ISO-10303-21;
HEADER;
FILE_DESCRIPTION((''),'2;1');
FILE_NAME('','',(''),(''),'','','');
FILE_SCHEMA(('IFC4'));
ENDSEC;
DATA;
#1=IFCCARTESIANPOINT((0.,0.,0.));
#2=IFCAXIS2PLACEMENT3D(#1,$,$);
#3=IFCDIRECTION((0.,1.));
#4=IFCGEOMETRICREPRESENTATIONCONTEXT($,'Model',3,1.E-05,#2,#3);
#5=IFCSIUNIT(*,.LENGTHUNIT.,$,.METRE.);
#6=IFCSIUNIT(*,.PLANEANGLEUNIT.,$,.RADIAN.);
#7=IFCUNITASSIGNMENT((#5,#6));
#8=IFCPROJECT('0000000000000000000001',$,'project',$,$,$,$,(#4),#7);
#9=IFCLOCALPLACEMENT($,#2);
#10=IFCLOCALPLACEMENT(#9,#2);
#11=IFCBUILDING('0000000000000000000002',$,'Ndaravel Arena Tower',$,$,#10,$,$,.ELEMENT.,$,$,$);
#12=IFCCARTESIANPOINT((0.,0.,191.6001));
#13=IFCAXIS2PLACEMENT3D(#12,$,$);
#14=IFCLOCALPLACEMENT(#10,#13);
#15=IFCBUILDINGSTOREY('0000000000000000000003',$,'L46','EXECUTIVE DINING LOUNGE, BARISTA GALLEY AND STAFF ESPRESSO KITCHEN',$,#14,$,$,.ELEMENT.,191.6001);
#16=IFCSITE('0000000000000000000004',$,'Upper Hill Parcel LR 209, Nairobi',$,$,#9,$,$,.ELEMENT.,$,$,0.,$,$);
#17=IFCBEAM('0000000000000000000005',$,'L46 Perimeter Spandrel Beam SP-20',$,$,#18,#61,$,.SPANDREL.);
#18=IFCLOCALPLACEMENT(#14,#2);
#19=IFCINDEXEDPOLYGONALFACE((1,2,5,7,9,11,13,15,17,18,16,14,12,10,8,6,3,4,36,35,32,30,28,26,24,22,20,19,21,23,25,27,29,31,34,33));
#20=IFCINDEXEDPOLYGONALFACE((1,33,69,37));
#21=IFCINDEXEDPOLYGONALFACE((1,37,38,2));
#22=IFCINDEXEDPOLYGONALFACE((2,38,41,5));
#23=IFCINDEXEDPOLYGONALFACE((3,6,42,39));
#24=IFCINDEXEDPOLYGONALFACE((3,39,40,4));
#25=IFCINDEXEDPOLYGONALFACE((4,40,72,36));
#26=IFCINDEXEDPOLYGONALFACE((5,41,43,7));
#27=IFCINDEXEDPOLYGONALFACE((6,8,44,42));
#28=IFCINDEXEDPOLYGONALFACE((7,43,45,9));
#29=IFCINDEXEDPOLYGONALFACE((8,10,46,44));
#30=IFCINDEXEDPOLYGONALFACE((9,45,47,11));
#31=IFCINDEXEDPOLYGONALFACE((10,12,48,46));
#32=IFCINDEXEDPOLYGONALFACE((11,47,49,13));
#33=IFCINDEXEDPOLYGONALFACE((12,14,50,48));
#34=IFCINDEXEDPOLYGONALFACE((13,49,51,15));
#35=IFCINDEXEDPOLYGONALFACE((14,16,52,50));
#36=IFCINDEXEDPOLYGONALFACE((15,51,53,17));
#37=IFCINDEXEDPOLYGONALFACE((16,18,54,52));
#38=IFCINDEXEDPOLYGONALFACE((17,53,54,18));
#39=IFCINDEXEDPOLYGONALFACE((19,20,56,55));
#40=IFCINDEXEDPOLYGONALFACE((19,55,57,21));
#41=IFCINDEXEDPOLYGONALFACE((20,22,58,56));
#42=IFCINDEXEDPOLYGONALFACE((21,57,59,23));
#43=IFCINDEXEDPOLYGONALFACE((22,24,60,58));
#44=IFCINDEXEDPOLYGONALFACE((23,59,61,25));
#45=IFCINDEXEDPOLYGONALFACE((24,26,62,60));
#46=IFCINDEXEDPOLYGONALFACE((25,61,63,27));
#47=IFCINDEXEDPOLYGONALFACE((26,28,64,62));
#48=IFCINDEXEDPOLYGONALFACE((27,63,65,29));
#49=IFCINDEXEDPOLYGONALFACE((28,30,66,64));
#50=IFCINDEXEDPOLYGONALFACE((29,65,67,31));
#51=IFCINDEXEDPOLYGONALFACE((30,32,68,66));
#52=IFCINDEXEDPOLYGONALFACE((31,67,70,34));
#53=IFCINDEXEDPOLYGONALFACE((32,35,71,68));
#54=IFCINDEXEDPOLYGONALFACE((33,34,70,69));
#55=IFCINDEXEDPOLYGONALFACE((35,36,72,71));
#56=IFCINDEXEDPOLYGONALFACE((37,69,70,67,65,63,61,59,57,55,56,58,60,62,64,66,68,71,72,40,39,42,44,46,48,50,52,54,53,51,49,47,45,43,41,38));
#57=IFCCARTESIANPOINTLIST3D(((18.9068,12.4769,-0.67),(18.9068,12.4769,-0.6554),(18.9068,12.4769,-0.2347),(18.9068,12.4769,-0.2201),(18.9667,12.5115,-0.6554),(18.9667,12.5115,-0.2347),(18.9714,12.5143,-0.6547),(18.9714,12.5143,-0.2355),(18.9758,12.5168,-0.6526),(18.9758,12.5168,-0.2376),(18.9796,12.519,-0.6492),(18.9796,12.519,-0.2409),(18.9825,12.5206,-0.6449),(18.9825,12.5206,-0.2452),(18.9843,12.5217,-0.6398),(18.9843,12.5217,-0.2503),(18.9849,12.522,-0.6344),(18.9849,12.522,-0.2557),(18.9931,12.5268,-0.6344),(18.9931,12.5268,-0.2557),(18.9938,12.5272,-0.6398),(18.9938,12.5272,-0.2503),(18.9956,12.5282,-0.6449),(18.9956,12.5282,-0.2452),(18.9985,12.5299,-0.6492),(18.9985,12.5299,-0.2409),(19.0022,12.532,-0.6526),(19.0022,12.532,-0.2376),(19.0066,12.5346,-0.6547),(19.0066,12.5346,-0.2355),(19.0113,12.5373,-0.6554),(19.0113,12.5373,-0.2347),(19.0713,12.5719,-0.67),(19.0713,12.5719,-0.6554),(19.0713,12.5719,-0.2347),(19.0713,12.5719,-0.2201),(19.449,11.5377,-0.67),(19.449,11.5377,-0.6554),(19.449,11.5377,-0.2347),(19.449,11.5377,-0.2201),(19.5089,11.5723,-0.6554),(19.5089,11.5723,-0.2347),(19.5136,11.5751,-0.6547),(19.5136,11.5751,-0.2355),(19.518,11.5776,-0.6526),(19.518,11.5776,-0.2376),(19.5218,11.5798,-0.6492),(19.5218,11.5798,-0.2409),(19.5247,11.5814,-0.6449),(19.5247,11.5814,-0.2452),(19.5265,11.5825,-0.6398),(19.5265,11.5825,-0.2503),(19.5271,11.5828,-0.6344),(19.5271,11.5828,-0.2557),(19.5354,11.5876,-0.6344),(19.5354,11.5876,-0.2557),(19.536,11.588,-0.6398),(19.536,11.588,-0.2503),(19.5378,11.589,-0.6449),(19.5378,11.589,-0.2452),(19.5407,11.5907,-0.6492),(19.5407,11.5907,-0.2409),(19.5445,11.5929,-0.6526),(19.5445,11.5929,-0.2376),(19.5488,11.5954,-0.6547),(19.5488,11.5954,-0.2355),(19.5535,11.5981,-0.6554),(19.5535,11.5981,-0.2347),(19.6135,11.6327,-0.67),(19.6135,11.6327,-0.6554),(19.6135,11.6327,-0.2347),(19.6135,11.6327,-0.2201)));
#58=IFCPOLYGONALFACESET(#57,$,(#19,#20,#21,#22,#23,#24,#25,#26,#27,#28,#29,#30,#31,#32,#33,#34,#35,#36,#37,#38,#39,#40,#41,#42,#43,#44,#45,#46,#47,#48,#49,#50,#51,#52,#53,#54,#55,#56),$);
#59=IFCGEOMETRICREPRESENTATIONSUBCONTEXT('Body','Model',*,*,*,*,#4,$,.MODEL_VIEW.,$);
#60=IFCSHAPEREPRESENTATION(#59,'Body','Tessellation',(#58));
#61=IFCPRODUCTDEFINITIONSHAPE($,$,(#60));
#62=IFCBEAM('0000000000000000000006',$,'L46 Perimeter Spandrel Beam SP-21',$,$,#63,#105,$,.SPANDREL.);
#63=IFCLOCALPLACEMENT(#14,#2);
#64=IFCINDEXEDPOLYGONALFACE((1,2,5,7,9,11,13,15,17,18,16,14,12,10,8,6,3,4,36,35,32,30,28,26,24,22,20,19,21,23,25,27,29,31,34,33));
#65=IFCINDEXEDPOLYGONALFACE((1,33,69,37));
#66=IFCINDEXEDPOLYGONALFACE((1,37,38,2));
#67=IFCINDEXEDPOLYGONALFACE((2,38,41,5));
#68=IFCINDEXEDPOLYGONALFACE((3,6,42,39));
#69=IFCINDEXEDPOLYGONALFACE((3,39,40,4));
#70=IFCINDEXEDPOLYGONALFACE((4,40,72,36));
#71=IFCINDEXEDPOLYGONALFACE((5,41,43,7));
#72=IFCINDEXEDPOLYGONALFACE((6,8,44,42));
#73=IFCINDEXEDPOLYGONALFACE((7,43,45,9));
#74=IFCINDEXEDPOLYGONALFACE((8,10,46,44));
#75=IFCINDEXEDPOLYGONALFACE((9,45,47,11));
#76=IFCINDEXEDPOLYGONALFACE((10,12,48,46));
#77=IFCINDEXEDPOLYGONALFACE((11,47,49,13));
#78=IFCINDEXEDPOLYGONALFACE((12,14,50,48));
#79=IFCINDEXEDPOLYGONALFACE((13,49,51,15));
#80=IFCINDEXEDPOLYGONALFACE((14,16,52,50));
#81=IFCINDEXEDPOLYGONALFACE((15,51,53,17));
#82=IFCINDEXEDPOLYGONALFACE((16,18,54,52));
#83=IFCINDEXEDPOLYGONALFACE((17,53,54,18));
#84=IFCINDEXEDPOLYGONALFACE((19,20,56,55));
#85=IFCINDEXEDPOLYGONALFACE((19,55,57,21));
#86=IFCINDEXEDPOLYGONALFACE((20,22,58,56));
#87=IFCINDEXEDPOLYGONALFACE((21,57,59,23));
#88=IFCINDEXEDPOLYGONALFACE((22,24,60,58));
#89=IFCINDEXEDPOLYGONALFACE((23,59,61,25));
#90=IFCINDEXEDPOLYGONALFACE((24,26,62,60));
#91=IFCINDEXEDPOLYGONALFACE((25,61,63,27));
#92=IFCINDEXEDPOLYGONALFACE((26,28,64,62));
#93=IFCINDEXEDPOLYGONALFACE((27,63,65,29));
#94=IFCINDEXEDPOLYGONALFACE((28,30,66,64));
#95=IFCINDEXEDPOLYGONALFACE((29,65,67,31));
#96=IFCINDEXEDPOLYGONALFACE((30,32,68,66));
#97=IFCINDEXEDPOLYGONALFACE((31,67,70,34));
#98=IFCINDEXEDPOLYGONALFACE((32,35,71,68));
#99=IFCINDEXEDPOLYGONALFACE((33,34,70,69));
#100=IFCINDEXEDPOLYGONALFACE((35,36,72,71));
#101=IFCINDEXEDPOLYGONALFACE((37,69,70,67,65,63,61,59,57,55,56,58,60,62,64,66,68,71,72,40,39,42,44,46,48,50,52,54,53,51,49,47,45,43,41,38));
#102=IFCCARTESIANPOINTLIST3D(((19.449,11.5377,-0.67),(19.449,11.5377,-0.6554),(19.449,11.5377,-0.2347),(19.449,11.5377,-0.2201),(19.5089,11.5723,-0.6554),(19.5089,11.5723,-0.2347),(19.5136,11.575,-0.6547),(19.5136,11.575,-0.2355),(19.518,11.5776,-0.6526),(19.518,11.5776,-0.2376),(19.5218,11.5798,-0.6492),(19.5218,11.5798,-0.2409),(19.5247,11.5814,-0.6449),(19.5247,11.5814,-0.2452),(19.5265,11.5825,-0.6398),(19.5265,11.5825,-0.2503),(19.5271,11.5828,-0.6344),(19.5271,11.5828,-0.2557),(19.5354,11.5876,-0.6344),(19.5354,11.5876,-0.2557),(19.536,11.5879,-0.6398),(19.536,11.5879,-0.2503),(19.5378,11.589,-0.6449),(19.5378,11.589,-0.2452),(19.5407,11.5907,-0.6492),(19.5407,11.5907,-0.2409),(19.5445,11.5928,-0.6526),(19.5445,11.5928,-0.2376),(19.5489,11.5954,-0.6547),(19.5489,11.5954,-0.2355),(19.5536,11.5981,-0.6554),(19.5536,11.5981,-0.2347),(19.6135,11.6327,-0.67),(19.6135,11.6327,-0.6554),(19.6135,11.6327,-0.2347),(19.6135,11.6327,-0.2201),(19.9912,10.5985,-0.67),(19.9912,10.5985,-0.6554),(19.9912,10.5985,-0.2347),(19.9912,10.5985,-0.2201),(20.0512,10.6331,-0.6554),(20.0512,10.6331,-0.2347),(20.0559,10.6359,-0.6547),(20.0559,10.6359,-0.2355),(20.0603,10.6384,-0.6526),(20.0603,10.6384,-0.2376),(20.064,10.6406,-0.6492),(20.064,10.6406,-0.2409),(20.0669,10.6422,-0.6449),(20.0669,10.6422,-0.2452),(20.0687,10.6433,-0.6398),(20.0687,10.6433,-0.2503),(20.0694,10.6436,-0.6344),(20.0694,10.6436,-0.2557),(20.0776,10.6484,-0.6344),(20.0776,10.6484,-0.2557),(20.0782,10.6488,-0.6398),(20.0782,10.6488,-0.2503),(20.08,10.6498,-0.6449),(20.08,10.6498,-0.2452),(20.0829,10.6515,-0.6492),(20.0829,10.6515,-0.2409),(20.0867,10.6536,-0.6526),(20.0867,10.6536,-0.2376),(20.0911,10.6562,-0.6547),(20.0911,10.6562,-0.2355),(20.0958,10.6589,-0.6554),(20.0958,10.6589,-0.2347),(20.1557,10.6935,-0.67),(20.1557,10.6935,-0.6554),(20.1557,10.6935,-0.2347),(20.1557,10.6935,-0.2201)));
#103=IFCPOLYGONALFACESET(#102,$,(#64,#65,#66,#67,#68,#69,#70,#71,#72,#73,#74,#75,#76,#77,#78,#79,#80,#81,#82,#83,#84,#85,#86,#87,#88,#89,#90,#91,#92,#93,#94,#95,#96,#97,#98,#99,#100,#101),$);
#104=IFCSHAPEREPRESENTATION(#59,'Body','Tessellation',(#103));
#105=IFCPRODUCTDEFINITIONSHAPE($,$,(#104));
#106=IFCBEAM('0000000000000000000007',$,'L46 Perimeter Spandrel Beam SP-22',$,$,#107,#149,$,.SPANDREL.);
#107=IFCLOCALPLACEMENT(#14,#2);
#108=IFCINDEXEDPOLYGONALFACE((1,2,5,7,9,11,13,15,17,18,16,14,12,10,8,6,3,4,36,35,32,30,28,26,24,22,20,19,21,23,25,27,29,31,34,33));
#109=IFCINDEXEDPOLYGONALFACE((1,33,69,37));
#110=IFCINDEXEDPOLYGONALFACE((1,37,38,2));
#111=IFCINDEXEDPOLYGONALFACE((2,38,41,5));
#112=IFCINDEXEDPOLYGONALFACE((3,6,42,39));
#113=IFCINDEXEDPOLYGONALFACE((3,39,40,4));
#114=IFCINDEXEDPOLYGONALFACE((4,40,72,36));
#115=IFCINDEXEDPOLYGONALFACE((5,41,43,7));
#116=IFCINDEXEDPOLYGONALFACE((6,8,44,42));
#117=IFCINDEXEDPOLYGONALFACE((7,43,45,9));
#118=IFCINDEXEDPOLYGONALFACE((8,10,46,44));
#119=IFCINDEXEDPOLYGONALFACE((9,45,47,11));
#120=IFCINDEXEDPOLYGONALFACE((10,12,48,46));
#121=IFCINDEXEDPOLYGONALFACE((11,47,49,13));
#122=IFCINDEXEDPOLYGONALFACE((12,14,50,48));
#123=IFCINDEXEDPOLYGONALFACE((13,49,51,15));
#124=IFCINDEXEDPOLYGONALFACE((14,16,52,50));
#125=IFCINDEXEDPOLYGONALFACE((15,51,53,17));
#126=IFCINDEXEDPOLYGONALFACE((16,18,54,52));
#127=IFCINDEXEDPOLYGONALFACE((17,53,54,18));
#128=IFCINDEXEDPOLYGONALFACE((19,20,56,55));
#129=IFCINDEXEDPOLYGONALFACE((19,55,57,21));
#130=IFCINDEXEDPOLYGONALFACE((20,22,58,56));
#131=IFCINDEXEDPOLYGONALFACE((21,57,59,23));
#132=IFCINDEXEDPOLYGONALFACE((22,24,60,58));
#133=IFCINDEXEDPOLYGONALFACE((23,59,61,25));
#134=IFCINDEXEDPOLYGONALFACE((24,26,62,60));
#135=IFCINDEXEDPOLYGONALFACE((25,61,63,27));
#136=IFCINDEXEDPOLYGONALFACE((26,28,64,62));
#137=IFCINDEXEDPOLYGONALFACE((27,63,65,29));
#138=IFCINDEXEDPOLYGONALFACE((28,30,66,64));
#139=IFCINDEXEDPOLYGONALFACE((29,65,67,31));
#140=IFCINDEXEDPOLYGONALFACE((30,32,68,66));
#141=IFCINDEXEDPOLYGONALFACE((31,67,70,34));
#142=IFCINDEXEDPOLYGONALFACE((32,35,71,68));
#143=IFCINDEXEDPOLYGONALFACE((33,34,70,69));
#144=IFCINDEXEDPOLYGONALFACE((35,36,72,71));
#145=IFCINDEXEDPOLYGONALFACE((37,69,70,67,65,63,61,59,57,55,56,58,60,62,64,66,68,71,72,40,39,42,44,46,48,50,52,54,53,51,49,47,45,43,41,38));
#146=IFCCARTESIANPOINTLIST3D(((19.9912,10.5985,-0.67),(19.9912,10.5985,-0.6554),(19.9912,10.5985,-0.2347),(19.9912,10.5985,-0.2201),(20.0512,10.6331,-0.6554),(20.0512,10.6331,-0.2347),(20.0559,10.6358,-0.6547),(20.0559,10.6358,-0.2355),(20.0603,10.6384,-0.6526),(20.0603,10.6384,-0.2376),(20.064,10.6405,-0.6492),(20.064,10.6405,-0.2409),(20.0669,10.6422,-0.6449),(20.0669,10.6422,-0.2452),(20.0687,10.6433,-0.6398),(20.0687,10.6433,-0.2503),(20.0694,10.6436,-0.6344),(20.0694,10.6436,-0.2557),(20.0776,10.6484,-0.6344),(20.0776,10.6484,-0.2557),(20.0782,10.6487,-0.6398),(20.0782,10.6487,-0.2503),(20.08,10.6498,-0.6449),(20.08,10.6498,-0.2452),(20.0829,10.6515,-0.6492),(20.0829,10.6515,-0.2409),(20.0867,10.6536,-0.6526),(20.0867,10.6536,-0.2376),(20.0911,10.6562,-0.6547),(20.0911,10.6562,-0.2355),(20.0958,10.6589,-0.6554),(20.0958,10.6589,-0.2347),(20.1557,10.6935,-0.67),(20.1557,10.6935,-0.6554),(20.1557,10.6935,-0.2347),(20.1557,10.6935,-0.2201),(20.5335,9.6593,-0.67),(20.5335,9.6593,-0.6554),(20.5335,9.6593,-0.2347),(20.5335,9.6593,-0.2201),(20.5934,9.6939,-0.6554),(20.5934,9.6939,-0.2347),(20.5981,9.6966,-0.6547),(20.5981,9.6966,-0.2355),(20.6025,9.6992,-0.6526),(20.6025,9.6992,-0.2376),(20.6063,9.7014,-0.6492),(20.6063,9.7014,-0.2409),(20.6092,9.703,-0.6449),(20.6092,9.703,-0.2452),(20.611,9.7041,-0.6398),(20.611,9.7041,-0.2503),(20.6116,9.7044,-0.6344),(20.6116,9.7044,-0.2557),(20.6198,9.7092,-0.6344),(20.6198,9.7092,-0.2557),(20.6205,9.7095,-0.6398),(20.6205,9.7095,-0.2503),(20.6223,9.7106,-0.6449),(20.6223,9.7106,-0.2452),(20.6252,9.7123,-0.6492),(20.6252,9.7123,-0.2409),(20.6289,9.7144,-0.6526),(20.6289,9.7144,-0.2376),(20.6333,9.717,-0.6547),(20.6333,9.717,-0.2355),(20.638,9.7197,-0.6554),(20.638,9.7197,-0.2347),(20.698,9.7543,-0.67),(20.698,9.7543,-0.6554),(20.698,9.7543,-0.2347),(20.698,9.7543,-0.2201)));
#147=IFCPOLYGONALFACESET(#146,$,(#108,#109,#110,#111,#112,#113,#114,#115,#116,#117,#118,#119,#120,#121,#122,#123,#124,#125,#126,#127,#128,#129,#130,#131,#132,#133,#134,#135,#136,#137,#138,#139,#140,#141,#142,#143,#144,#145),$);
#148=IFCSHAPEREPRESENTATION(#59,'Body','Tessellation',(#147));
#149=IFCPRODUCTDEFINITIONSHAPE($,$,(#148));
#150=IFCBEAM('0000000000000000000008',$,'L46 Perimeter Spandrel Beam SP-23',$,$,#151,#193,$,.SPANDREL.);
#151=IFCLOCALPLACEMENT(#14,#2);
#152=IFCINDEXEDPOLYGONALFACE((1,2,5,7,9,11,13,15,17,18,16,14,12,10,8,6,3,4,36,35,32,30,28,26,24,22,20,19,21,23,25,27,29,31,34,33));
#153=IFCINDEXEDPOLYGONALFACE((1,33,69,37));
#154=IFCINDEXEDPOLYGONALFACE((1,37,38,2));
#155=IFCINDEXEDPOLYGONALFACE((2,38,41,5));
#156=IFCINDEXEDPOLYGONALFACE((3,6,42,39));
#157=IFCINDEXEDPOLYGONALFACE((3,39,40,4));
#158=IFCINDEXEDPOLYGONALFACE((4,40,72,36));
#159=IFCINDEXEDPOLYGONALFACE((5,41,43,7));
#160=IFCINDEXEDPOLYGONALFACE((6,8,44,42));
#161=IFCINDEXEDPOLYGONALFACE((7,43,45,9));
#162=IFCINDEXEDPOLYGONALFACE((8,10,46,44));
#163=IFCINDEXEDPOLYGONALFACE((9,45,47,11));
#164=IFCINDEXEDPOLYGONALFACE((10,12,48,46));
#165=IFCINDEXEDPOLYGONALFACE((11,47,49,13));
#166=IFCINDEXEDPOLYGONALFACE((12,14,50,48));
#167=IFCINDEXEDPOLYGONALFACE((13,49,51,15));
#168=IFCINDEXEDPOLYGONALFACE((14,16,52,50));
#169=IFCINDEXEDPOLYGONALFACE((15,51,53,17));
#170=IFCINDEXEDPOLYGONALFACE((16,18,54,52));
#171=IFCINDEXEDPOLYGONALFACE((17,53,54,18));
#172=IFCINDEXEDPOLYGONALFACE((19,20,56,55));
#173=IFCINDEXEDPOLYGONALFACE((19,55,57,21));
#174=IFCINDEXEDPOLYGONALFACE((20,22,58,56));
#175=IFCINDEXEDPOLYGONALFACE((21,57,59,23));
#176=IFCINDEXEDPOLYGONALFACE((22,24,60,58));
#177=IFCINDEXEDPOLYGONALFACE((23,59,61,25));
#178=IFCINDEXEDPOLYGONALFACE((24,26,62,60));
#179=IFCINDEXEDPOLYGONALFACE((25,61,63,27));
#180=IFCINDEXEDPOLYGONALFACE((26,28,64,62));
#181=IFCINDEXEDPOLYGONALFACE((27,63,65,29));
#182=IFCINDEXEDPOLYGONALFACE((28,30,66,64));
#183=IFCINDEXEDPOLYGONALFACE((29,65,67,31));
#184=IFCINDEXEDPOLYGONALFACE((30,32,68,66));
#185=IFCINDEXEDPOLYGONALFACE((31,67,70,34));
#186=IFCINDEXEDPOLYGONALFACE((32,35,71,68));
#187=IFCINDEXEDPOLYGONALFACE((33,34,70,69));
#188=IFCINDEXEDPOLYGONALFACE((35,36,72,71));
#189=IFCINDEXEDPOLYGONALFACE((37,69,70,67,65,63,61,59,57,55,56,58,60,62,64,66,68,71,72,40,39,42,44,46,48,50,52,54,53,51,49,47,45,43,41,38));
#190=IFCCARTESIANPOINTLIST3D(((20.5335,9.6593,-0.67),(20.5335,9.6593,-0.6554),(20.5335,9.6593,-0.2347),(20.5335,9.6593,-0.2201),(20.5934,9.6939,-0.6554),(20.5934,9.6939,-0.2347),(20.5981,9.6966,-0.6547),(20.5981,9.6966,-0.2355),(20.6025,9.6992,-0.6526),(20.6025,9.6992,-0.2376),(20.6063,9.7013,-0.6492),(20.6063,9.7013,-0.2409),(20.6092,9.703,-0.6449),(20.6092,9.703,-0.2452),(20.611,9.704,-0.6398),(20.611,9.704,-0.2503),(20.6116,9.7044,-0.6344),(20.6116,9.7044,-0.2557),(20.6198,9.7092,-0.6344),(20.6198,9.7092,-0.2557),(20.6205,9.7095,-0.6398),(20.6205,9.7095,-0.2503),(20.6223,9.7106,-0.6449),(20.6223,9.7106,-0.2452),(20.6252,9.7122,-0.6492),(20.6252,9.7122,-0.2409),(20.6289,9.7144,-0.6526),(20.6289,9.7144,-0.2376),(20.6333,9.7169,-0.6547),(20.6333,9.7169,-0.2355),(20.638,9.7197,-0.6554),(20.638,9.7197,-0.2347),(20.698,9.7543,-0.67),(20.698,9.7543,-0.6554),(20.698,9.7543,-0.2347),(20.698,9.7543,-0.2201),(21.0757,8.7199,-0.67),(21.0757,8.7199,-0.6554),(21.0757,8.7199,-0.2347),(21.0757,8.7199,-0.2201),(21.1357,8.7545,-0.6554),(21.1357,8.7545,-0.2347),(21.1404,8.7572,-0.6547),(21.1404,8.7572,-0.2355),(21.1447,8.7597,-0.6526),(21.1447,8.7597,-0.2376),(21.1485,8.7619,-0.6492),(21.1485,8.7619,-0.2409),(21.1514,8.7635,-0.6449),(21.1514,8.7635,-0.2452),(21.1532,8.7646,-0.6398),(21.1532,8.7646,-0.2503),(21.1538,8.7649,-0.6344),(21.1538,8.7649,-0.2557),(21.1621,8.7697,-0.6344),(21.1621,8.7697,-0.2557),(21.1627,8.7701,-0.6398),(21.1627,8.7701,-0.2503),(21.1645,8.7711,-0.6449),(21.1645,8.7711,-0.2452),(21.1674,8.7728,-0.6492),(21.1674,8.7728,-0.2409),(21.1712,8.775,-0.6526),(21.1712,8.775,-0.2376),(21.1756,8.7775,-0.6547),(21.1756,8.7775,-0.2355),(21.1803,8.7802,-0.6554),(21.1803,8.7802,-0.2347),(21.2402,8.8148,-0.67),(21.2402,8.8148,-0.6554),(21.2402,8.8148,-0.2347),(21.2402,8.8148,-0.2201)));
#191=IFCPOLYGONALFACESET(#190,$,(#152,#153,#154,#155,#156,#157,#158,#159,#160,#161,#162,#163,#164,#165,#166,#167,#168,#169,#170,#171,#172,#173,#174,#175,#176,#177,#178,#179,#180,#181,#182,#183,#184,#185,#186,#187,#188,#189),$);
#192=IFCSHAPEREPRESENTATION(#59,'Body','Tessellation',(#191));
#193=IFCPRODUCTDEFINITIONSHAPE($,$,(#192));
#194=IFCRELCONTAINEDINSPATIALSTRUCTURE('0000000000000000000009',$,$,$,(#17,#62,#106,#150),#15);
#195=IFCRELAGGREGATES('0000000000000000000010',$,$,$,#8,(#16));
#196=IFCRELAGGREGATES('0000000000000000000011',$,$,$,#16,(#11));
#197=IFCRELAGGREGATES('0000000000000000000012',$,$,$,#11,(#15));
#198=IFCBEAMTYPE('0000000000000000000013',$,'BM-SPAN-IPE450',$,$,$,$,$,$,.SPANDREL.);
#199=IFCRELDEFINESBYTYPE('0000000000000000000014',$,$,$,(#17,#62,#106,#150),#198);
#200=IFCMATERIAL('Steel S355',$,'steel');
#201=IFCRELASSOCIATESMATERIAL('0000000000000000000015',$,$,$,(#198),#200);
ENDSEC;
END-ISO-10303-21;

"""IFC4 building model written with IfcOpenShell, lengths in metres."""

from ifc_helpers import new_model, si_unit, direction, frame, origin, origin_2d, place, context, subcontext, project, spatial, i_section, extrude, material, material_profile, profile_set, type_object, element, save


model = new_model("IFC4")

# Units and contexts
model_context = context("Model", 3, precision=1e-05, world=origin(), true_north=direction((0.0, 1.0)))
body_context = subcontext(model_context, "Body", "Model", "MODEL_VIEW")
ifc_project = project(units=[si_unit("LENGTHUNIT", "METRE"), si_unit("PLANEANGLEUNIT", "RADIAN")], contexts=[model_context])

# Site, building, storey
site_placement = place(None, origin())
site = spatial("IfcSite", under=ifc_project, at=site_placement, Name="Upper Hill Parcel LR 209, Nairobi", CompositionType="ELEMENT", RefElevation=0.0)
building_placement = place(site_placement, origin())
building = spatial("IfcBuilding", under=site, at=building_placement, Name="Ndaravel Arena Tower", CompositionType="ELEMENT")
storey_placement = place(building_placement, frame((0.0, 0.0, 191.6001)))
storey = spatial("IfcBuildingStorey", under=building, at=storey_placement, Name="L46", Description="EXECUTIVE DINING LOUNGE, BARISTA GALLEY AND STAFF ESPRESSO KITCHEN", CompositionType="ELEMENT", Elevation=191.6001)

# Beams
ifc_material_1 = material(Name="Steel S355", Category="steel")
ifc_material_profile_1 = material_profile(ifc_material_1, i_section(OverallWidth=0.1899, OverallDepth=0.45, WebThickness=0.0095, FlangeThickness=0.0146, FilletRadius=0.021, at=origin_2d()), Name="IPE 450")
ifc_profile_set_1 = profile_set([ifc_material_profile_1], Name="Steel S355")
beam_type = type_object("IfcBeamType", Name="BM-SPAN-IPE450", PredefinedType="SPANDREL", material=ifc_profile_set_1)
for number, where, z_axis, x_axis, name in (
    (1, (18.989, 12.5244, -0.4451), (0.499989, -0.866032, 0.0), (0.866032, 0.499989, 0.0), "L46 Perimeter Spandrel Beam SP-20"),
    (2, (19.5312, 11.5852, -0.4451), (0.499989, -0.866032, 0.0), (0.866032, 0.499989, 0.0), "L46 Perimeter Spandrel Beam SP-21"),
    (3, (20.0735, 10.646, -0.4451), (0.499989, -0.866032, 0.0), (0.866032, 0.499989, 0.0), "L46 Perimeter Spandrel Beam SP-22"),
):
    element("IfcBeam", number, at=place(storey_placement, frame(where, z_axis=z_axis, x_axis=x_axis)), inside=storey, type_object=beam_type, Name=name, PredefinedType="SPANDREL", context=body_context, shape_type="SweptSolid", body=[
        extrude(i_section(OverallWidth=0.1899, OverallDepth=0.45, WebThickness=0.0095, FlangeThickness=0.0146, FilletRadius=0.021, at=origin_2d()), origin(), (0.0, 0.0, 1.0), 1.0845),
    ])
beam_1_placement = place(storey_placement, frame((20.6157, 9.7068, -0.4451), z_axis=(0.499891, -0.866088, 0.0), x_axis=(0.866088, 0.499891, 0.0)))
element("IfcBeam", 4, at=beam_1_placement, inside=storey, type_object=beam_type, Name="L46 Perimeter Spandrel Beam SP-23", PredefinedType="SPANDREL", context=body_context, shape_type="SweptSolid", body=[
    extrude(i_section(OverallWidth=0.1899, OverallDepth=0.45, WebThickness=0.0095, FlangeThickness=0.0146, FilletRadius=0.021, at=origin_2d()), origin(), (0.0, 0.0, 1.0), 1.0847),
])

save(model, "model.ifc")
